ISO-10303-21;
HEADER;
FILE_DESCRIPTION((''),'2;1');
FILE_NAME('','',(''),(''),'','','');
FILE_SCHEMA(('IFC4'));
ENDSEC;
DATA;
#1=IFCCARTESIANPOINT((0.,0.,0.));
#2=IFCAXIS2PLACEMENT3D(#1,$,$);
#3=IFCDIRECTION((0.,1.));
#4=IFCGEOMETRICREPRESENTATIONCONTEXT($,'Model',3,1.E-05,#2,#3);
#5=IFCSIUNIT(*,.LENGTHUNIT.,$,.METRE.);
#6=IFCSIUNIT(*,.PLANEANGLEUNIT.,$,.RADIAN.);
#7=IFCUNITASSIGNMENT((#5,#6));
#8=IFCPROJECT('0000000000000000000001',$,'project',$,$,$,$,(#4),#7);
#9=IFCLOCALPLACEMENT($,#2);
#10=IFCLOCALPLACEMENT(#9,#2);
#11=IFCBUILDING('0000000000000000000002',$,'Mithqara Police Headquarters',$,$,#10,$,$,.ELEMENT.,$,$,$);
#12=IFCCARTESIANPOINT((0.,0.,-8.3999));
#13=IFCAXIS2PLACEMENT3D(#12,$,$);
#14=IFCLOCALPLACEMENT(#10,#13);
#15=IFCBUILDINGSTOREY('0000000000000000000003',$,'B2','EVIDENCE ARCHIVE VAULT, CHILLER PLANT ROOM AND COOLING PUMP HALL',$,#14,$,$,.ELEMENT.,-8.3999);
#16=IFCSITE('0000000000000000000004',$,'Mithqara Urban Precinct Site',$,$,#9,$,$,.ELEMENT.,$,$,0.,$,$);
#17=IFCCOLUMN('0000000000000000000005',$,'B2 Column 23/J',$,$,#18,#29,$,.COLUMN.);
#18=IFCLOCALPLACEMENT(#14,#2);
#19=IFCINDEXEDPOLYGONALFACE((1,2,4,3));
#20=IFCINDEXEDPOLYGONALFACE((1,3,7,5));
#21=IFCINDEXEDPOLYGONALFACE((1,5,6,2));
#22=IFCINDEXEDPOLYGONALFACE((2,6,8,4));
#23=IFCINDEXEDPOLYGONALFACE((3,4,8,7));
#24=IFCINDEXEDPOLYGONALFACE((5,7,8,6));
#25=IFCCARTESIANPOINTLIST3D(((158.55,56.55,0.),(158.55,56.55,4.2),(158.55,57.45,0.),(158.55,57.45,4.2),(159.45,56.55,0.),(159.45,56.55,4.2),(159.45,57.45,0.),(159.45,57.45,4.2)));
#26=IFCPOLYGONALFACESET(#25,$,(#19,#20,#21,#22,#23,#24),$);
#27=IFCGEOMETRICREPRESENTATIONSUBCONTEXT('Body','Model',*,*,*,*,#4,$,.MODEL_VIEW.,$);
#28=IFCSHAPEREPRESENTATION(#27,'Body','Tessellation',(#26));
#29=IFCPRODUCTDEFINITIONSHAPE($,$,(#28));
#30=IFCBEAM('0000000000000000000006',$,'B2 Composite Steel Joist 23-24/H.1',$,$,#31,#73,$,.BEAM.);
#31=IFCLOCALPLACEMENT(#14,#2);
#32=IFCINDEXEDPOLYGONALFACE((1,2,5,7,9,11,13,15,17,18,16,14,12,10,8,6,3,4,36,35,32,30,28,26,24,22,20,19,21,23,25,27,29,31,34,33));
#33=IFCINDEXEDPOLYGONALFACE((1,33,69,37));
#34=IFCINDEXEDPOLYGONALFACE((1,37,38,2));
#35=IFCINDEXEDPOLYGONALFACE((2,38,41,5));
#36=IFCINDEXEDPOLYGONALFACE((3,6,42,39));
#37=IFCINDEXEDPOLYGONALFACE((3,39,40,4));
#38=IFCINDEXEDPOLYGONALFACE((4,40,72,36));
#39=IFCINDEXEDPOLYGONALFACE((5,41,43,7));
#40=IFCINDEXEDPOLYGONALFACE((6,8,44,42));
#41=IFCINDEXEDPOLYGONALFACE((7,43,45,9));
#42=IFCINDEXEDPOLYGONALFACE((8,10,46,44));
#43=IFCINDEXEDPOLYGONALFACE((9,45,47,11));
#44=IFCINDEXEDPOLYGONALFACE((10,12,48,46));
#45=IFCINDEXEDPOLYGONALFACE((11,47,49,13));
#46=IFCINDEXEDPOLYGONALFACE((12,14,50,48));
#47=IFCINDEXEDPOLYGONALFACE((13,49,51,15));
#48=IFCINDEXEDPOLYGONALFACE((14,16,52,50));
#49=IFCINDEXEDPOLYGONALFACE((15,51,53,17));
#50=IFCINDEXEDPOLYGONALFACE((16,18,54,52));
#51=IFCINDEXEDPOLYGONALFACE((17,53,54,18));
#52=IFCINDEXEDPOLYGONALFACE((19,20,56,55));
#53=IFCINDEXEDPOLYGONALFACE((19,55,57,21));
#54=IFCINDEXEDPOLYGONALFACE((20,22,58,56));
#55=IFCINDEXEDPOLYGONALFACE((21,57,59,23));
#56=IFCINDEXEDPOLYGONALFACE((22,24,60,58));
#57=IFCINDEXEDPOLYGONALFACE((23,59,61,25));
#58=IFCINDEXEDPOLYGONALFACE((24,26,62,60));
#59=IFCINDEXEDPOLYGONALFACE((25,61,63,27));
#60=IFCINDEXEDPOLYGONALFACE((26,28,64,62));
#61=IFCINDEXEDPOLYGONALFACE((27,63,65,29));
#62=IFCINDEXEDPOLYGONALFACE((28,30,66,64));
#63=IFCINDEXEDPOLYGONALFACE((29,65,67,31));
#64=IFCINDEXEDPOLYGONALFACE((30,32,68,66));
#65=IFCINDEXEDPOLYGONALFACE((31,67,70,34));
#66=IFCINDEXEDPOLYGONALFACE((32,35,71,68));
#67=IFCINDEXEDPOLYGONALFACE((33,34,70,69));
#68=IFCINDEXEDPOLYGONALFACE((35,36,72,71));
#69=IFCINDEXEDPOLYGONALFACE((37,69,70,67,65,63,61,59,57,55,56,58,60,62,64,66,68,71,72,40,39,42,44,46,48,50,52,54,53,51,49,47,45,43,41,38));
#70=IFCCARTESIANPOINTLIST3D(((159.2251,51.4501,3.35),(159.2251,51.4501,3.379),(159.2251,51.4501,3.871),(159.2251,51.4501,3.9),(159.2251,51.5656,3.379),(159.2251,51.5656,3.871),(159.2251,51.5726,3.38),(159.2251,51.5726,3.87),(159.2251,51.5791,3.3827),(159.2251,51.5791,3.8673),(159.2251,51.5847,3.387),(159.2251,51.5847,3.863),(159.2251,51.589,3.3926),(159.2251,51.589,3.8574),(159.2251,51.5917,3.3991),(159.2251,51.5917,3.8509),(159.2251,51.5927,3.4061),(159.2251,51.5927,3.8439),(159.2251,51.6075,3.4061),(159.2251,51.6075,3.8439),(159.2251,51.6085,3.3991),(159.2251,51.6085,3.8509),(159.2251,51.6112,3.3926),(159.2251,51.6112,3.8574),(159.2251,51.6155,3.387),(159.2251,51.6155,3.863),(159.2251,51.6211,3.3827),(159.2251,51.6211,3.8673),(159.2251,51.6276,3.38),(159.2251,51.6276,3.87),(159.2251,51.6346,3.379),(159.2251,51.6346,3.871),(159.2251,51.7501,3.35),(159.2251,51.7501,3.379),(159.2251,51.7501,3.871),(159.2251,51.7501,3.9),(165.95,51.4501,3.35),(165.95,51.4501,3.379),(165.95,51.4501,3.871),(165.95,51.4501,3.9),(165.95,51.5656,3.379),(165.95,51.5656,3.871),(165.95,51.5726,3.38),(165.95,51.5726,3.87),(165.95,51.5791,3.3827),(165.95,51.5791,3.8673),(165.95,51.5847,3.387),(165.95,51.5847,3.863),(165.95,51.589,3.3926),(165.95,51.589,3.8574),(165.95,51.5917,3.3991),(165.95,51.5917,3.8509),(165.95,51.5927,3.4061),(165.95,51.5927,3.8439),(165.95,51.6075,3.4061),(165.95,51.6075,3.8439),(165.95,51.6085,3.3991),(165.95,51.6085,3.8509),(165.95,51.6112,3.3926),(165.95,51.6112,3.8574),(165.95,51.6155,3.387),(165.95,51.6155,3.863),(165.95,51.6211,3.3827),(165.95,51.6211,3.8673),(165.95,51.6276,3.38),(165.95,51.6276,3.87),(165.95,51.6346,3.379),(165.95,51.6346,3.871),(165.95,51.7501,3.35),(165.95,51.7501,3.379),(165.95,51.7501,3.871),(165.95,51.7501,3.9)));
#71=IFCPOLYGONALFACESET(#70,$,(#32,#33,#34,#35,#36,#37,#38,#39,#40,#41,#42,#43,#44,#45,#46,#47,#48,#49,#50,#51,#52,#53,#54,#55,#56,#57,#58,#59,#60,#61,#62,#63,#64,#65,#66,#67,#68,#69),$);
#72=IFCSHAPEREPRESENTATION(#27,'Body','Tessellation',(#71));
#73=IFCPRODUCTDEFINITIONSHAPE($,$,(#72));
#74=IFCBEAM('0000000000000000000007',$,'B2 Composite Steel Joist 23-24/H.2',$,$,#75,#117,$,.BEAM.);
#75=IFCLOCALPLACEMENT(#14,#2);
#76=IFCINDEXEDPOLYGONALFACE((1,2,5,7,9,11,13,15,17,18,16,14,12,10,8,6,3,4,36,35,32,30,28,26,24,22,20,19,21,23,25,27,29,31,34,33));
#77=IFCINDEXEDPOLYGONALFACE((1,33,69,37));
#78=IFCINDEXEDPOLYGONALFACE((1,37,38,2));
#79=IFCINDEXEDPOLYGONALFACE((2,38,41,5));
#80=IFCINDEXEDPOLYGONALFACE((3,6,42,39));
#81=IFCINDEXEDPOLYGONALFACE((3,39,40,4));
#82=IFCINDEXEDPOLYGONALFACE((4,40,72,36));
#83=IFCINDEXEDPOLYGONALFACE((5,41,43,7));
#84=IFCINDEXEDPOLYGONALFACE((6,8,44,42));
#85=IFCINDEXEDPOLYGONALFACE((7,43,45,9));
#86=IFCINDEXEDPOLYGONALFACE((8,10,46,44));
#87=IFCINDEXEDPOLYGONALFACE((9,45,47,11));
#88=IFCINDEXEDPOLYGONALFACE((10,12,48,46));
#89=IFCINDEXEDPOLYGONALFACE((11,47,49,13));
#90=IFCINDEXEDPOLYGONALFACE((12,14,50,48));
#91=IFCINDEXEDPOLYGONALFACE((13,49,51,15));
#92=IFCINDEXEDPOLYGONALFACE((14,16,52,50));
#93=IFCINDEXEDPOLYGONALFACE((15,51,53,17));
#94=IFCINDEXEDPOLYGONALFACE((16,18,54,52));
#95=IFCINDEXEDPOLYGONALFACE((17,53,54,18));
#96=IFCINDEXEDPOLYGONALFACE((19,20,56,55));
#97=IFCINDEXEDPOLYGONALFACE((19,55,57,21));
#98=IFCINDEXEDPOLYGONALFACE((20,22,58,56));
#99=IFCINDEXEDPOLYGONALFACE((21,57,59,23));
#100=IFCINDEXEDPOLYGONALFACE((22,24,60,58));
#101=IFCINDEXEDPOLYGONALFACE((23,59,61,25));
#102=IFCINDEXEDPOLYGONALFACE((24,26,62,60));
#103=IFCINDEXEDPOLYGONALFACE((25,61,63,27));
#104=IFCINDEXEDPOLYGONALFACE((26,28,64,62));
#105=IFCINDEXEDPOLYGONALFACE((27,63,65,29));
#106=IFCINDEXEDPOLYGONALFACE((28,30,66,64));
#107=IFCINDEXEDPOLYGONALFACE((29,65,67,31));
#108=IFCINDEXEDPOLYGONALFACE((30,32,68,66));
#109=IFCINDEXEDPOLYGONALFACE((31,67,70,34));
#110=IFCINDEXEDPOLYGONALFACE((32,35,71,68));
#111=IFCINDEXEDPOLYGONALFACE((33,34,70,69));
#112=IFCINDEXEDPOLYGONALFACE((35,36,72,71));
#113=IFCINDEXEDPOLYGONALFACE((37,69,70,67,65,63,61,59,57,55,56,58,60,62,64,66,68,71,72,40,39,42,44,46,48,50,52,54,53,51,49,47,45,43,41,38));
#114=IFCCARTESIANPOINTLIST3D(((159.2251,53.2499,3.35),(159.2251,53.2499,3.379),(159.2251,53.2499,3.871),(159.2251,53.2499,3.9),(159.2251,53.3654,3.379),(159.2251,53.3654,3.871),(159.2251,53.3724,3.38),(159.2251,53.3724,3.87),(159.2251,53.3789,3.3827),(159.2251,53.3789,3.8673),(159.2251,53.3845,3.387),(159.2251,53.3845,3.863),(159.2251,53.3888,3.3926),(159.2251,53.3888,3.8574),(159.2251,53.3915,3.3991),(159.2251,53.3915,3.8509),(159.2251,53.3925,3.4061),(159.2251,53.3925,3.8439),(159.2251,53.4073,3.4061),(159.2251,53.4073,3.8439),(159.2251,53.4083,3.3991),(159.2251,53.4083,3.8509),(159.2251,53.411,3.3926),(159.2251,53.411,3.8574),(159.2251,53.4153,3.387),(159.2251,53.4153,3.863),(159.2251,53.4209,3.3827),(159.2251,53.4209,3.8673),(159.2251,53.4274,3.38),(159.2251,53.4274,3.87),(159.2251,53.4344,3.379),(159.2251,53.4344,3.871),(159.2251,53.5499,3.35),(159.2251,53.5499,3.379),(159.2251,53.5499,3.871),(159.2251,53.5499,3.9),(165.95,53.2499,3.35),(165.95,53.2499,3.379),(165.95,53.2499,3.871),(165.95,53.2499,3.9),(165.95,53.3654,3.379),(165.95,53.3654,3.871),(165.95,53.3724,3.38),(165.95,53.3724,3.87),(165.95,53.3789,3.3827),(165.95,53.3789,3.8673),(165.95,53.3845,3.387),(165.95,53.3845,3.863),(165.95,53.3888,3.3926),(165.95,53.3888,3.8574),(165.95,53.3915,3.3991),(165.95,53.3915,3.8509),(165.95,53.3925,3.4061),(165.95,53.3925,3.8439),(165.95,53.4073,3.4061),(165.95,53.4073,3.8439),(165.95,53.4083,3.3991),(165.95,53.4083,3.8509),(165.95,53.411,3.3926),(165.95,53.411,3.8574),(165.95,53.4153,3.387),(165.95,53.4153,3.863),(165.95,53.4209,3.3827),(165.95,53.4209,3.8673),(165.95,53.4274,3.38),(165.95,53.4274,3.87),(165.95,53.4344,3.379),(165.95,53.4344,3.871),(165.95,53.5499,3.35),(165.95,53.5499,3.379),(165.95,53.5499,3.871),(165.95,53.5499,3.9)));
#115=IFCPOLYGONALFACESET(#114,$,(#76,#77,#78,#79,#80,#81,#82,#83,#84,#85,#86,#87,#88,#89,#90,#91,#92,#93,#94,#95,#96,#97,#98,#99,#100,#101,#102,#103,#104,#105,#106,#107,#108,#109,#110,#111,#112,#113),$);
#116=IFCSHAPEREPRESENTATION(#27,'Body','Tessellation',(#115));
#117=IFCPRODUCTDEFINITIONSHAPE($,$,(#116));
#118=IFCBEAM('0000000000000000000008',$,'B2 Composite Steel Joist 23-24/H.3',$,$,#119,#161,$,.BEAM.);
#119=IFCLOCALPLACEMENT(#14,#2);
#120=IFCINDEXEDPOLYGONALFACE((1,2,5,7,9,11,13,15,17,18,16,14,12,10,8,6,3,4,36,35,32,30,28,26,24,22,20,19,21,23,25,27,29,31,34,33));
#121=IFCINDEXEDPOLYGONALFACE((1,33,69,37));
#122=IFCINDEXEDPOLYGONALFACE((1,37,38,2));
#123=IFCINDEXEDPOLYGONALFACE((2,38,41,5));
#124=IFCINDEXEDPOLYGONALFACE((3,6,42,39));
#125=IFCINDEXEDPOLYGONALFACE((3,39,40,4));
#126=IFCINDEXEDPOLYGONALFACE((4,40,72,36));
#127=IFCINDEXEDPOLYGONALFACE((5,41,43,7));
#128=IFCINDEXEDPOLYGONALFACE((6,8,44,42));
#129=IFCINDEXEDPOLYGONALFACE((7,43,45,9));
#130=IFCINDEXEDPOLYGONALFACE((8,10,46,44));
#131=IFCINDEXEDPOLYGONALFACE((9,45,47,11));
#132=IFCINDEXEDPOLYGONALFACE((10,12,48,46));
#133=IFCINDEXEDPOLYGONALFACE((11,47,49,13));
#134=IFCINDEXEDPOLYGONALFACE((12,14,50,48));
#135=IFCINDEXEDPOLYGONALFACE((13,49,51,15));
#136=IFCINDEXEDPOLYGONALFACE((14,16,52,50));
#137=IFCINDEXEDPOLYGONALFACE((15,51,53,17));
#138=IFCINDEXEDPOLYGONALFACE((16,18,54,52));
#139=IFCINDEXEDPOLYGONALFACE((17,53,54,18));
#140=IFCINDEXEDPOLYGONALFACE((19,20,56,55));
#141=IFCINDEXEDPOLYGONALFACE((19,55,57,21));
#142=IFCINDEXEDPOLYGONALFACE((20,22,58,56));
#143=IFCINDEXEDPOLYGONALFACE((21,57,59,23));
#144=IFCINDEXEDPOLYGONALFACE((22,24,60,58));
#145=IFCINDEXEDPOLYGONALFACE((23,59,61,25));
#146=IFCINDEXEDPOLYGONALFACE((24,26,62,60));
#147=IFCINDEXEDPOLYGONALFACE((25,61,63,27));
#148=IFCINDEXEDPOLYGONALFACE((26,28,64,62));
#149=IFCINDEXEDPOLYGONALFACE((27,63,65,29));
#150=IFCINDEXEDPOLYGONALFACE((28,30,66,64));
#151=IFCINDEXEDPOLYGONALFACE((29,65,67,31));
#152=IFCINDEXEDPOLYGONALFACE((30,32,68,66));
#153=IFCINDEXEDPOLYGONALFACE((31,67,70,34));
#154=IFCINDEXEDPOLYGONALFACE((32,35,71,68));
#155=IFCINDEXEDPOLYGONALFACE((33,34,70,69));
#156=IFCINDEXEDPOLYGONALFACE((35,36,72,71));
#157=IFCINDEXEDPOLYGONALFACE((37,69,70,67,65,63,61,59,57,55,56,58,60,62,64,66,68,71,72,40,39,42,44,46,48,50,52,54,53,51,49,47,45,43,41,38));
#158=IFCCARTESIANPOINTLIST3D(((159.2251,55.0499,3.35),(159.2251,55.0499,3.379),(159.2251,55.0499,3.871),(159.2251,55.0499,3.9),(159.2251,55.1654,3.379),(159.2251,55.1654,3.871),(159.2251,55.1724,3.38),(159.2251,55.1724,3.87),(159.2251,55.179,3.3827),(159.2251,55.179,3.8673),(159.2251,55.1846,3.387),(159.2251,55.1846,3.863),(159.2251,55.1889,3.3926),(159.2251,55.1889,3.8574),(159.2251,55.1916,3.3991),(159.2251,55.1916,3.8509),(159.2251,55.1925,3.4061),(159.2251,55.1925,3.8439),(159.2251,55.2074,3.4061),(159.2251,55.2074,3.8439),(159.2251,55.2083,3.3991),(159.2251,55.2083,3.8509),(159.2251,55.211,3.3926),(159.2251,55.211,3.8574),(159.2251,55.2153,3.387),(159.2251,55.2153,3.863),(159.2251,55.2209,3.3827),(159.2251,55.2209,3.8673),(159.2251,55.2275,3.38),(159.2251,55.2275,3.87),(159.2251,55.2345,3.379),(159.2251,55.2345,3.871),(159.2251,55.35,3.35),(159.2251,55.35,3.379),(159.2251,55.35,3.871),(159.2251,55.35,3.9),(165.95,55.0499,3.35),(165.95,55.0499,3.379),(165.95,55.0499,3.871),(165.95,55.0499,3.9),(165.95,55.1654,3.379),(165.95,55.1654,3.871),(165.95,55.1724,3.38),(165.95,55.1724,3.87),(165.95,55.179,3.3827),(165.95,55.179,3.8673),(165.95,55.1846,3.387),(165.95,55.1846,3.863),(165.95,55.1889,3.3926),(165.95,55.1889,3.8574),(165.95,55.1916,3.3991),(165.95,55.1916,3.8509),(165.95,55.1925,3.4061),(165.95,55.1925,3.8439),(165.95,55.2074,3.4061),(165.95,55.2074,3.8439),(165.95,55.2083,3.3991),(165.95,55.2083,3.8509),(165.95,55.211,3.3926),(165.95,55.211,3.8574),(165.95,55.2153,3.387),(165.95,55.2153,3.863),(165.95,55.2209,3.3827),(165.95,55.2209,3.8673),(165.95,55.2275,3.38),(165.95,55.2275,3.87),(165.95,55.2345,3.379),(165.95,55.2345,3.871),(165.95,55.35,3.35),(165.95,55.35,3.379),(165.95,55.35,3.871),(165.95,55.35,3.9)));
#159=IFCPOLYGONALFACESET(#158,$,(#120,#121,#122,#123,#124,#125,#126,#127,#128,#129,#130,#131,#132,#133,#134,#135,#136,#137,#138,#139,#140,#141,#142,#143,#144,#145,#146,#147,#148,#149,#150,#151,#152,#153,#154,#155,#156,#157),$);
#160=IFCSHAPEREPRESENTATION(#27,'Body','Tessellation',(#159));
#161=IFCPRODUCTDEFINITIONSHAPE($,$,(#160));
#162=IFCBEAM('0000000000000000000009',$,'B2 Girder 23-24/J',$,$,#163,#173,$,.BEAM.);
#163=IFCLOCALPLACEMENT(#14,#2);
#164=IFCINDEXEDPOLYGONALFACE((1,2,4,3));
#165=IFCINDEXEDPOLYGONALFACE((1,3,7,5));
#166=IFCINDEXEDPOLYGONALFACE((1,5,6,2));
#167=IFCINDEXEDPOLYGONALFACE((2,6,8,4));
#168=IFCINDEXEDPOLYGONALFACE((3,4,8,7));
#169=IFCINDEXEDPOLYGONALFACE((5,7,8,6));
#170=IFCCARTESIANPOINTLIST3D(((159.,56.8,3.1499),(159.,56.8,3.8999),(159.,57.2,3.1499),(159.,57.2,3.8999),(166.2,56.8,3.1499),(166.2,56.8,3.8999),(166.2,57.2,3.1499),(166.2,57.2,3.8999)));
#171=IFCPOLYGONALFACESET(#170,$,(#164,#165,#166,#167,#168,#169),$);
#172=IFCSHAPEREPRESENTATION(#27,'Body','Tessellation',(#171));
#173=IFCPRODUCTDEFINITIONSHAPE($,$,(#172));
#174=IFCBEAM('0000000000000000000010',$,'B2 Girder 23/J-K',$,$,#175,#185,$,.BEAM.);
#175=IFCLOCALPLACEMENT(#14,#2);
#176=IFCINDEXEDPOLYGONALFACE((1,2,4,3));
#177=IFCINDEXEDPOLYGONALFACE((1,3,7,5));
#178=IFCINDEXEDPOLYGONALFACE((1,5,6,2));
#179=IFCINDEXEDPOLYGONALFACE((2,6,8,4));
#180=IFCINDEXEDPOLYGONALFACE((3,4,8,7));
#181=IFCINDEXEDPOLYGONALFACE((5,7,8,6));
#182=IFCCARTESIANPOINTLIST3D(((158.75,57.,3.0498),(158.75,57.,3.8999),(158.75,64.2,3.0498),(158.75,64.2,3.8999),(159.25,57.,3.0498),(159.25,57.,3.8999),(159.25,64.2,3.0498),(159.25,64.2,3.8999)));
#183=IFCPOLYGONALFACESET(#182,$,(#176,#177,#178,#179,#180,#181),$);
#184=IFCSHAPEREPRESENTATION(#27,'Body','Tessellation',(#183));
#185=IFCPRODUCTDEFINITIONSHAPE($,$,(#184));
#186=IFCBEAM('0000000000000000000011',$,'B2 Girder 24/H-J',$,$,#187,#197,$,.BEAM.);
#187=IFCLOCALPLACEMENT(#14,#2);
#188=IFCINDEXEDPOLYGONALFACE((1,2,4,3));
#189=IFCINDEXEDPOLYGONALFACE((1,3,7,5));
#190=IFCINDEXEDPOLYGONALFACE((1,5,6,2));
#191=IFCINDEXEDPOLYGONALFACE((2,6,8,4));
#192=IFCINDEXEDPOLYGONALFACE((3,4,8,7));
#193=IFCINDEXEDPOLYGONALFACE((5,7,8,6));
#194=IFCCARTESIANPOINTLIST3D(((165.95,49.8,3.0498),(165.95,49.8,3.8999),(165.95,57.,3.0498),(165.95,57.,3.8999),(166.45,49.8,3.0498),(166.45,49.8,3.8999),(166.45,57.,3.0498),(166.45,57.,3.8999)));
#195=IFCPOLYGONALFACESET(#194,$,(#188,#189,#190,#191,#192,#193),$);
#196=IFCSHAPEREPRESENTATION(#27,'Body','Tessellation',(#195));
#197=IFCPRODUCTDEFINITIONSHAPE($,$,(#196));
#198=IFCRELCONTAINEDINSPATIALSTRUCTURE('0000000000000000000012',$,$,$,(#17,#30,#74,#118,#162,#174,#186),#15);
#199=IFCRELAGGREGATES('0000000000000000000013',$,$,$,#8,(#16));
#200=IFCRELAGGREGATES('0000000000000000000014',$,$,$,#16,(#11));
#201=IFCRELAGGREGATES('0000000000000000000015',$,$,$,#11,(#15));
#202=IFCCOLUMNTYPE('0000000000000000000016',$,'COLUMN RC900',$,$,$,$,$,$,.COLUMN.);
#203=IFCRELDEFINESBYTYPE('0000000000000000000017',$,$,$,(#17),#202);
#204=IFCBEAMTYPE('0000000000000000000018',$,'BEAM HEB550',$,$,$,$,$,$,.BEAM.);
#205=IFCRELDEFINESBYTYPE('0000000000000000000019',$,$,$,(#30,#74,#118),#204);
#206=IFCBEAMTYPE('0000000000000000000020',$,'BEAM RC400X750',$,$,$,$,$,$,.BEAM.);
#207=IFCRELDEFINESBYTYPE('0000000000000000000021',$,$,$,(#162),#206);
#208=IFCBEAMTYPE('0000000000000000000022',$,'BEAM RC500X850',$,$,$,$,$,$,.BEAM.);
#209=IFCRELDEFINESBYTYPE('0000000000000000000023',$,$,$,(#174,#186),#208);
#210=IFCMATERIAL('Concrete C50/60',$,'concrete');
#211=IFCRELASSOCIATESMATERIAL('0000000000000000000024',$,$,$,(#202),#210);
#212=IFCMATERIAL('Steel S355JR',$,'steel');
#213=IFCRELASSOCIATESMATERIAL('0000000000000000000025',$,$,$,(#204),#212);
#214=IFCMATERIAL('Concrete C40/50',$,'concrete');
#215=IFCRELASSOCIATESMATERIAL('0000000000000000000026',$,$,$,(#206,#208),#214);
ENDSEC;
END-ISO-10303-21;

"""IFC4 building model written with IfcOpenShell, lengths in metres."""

from ifc_helpers import new_model, si_unit, direction, frame, origin, origin_2d, place, context, subcontext, project, spatial, rectangle, i_section, extrude, material, material_profile, profile_set, type_object, element, save


model = new_model("IFC4")

# Units and contexts
model_context = context("Model", 3, precision=1e-05, world=origin(), true_north=direction((0.0, 1.0)))
body_context = subcontext(model_context, "Body", "Model", "MODEL_VIEW")
ifc_project = project(units=[si_unit("LENGTHUNIT", "METRE"), si_unit("PLANEANGLEUNIT", "RADIAN")], contexts=[model_context])

# Site, building, storey
site_placement = place(None, origin())
site = spatial("IfcSite", under=ifc_project, at=site_placement, Name="Mithqara Urban Precinct Site", CompositionType="ELEMENT", RefElevation=0.0)
building_placement = place(site_placement, origin())
building = spatial("IfcBuilding", under=site, at=building_placement, Name="Mithqara Police Headquarters", CompositionType="ELEMENT")
storey_placement = place(building_placement, frame((0.0, 0.0, -8.3999)))
storey = spatial("IfcBuildingStorey", under=building, at=storey_placement, Name="B2", Description="EVIDENCE ARCHIVE VAULT, CHILLER PLANT ROOM AND COOLING PUMP HALL", CompositionType="ELEMENT", Elevation=-8.3999)

# Shared definitions
ifc_material_1 = material(Name="Concrete C40/50", Category="concrete")

# Column
ifc_material_2 = material(Name="Concrete C50/60", Category="concrete")
ifc_material_profile_1 = material_profile(ifc_material_2, rectangle(XDim=0.8999, YDim=0.8999, at=origin_2d()), Name="RC 900x900")
ifc_profile_set_1 = profile_set([ifc_material_profile_1], Name="Concrete C50/60")
column_type_1 = type_object("IfcColumnType", Name="COLUMN RC900", PredefinedType="COLUMN", material=ifc_profile_set_1)
column_1_placement = place(storey_placement, frame((159.0, 57.0, 0.0), z_axis=(0.0, 0.0, 1.0), x_axis=(1.0, 0.0, 0.0)))
element("IfcColumn", 1, at=column_1_placement, inside=storey, type_object=column_type_1, Name="B2 Column 23/J", PredefinedType="COLUMN", context=body_context, shape_type="SweptSolid", body=[
    extrude(rectangle(XDim=0.8999, YDim=0.8999, at=origin_2d()), origin(), (0.0, 0.0, 1.0), 4.2),
])

# Beams
ifc_material_3 = material(Name="Steel S355JR", Category="steel")
ifc_material_profile_2 = material_profile(ifc_material_3, i_section(OverallWidth=0.3, OverallDepth=0.55, WebThickness=0.0149, FlangeThickness=0.0291, FilletRadius=0.0271, at=origin_2d()), Name="HEB 550")
ifc_profile_set_2 = profile_set([ifc_material_profile_2], Name="Steel S355JR")
beam_type_1 = type_object("IfcBeamType", Name="BEAM HEB550", PredefinedType="BEAM", material=ifc_profile_set_2)
for number, where, z_axis, x_axis, name in (
    (2, (159.2251, 51.6001, 3.625), (1.0, 0.0, 0.0), (0.0, 1.0, 0.0), "B2 Composite Steel Joist 23-24/H.1"),
    (3, (159.2251, 53.3999, 3.625), (1.0, 0.0, 0.0), (0.0, 1.0, 0.0), "B2 Composite Steel Joist 23-24/H.2"),
    (4, (159.2251, 55.2, 3.625), (1.0, 0.0, 0.0), (0.0, 1.0, 0.0), "B2 Composite Steel Joist 23-24/H.3"),
):
    element("IfcBeam", number, at=place(storey_placement, frame(where, z_axis=z_axis, x_axis=x_axis)), inside=storey, type_object=beam_type_1, Name=name, PredefinedType="BEAM", context=body_context, shape_type="SweptSolid", body=[
        extrude(i_section(OverallWidth=0.3, OverallDepth=0.55, WebThickness=0.0149, FlangeThickness=0.0291, FilletRadius=0.0271, at=origin_2d()), origin(), (0.0, 0.0, 1.0), 6.7249),
    ])
ifc_material_profile_3 = material_profile(ifc_material_1, rectangle(XDim=0.3999, YDim=0.75, at=origin_2d()), Name="RC 400x750")
ifc_profile_set_3 = profile_set([ifc_material_profile_3], Name="Concrete C40/50")
beam_type_2 = type_object("IfcBeamType", Name="BEAM RC400X750", PredefinedType="BEAM", material=ifc_profile_set_3)
beam_1_placement = place(storey_placement, frame((159.0, 57.0, 3.5249), z_axis=(1.0, 0.0, 0.0), x_axis=(0.0, 1.0, 0.0)))
element("IfcBeam", 5, at=beam_1_placement, inside=storey, type_object=beam_type_2, Name="B2 Girder 23-24/J", PredefinedType="BEAM", context=body_context, shape_type="SweptSolid", body=[
    extrude(rectangle(XDim=0.3999, YDim=0.75, at=origin_2d()), origin(), (0.0, 0.0, 1.0), 7.2),
])
ifc_material_profile_4 = material_profile(ifc_material_1, rectangle(XDim=0.5, YDim=0.8501, at=origin_2d()), Name="RC 500x850")
ifc_profile_set_4 = profile_set([ifc_material_profile_4], Name="Concrete C40/50")
beam_type_3 = type_object("IfcBeamType", Name="BEAM RC500X850", PredefinedType="BEAM", material=ifc_profile_set_4)
for number, where, z_axis, x_axis, name in (
    (6, (159.0, 57.0, 3.4749), (0.0, 1.0, 0.0), (-1.0, 0.0, 0.0), "B2 Girder 23/J-K"),
    (7, (166.2, 49.8, 3.4749), (0.0, 1.0, 0.0), (-1.0, 0.0, 0.0), "B2 Girder 24/H-J"),
):
    element("IfcBeam", number, at=place(storey_placement, frame(where, z_axis=z_axis, x_axis=x_axis)), inside=storey, type_object=beam_type_3, Name=name, PredefinedType="BEAM", context=body_context, shape_type="SweptSolid", body=[
        extrude(rectangle(XDim=0.5, YDim=0.8501, at=origin_2d()), origin(), (0.0, 0.0, 1.0), 7.2),
    ])

save(model, "model.ifc")
